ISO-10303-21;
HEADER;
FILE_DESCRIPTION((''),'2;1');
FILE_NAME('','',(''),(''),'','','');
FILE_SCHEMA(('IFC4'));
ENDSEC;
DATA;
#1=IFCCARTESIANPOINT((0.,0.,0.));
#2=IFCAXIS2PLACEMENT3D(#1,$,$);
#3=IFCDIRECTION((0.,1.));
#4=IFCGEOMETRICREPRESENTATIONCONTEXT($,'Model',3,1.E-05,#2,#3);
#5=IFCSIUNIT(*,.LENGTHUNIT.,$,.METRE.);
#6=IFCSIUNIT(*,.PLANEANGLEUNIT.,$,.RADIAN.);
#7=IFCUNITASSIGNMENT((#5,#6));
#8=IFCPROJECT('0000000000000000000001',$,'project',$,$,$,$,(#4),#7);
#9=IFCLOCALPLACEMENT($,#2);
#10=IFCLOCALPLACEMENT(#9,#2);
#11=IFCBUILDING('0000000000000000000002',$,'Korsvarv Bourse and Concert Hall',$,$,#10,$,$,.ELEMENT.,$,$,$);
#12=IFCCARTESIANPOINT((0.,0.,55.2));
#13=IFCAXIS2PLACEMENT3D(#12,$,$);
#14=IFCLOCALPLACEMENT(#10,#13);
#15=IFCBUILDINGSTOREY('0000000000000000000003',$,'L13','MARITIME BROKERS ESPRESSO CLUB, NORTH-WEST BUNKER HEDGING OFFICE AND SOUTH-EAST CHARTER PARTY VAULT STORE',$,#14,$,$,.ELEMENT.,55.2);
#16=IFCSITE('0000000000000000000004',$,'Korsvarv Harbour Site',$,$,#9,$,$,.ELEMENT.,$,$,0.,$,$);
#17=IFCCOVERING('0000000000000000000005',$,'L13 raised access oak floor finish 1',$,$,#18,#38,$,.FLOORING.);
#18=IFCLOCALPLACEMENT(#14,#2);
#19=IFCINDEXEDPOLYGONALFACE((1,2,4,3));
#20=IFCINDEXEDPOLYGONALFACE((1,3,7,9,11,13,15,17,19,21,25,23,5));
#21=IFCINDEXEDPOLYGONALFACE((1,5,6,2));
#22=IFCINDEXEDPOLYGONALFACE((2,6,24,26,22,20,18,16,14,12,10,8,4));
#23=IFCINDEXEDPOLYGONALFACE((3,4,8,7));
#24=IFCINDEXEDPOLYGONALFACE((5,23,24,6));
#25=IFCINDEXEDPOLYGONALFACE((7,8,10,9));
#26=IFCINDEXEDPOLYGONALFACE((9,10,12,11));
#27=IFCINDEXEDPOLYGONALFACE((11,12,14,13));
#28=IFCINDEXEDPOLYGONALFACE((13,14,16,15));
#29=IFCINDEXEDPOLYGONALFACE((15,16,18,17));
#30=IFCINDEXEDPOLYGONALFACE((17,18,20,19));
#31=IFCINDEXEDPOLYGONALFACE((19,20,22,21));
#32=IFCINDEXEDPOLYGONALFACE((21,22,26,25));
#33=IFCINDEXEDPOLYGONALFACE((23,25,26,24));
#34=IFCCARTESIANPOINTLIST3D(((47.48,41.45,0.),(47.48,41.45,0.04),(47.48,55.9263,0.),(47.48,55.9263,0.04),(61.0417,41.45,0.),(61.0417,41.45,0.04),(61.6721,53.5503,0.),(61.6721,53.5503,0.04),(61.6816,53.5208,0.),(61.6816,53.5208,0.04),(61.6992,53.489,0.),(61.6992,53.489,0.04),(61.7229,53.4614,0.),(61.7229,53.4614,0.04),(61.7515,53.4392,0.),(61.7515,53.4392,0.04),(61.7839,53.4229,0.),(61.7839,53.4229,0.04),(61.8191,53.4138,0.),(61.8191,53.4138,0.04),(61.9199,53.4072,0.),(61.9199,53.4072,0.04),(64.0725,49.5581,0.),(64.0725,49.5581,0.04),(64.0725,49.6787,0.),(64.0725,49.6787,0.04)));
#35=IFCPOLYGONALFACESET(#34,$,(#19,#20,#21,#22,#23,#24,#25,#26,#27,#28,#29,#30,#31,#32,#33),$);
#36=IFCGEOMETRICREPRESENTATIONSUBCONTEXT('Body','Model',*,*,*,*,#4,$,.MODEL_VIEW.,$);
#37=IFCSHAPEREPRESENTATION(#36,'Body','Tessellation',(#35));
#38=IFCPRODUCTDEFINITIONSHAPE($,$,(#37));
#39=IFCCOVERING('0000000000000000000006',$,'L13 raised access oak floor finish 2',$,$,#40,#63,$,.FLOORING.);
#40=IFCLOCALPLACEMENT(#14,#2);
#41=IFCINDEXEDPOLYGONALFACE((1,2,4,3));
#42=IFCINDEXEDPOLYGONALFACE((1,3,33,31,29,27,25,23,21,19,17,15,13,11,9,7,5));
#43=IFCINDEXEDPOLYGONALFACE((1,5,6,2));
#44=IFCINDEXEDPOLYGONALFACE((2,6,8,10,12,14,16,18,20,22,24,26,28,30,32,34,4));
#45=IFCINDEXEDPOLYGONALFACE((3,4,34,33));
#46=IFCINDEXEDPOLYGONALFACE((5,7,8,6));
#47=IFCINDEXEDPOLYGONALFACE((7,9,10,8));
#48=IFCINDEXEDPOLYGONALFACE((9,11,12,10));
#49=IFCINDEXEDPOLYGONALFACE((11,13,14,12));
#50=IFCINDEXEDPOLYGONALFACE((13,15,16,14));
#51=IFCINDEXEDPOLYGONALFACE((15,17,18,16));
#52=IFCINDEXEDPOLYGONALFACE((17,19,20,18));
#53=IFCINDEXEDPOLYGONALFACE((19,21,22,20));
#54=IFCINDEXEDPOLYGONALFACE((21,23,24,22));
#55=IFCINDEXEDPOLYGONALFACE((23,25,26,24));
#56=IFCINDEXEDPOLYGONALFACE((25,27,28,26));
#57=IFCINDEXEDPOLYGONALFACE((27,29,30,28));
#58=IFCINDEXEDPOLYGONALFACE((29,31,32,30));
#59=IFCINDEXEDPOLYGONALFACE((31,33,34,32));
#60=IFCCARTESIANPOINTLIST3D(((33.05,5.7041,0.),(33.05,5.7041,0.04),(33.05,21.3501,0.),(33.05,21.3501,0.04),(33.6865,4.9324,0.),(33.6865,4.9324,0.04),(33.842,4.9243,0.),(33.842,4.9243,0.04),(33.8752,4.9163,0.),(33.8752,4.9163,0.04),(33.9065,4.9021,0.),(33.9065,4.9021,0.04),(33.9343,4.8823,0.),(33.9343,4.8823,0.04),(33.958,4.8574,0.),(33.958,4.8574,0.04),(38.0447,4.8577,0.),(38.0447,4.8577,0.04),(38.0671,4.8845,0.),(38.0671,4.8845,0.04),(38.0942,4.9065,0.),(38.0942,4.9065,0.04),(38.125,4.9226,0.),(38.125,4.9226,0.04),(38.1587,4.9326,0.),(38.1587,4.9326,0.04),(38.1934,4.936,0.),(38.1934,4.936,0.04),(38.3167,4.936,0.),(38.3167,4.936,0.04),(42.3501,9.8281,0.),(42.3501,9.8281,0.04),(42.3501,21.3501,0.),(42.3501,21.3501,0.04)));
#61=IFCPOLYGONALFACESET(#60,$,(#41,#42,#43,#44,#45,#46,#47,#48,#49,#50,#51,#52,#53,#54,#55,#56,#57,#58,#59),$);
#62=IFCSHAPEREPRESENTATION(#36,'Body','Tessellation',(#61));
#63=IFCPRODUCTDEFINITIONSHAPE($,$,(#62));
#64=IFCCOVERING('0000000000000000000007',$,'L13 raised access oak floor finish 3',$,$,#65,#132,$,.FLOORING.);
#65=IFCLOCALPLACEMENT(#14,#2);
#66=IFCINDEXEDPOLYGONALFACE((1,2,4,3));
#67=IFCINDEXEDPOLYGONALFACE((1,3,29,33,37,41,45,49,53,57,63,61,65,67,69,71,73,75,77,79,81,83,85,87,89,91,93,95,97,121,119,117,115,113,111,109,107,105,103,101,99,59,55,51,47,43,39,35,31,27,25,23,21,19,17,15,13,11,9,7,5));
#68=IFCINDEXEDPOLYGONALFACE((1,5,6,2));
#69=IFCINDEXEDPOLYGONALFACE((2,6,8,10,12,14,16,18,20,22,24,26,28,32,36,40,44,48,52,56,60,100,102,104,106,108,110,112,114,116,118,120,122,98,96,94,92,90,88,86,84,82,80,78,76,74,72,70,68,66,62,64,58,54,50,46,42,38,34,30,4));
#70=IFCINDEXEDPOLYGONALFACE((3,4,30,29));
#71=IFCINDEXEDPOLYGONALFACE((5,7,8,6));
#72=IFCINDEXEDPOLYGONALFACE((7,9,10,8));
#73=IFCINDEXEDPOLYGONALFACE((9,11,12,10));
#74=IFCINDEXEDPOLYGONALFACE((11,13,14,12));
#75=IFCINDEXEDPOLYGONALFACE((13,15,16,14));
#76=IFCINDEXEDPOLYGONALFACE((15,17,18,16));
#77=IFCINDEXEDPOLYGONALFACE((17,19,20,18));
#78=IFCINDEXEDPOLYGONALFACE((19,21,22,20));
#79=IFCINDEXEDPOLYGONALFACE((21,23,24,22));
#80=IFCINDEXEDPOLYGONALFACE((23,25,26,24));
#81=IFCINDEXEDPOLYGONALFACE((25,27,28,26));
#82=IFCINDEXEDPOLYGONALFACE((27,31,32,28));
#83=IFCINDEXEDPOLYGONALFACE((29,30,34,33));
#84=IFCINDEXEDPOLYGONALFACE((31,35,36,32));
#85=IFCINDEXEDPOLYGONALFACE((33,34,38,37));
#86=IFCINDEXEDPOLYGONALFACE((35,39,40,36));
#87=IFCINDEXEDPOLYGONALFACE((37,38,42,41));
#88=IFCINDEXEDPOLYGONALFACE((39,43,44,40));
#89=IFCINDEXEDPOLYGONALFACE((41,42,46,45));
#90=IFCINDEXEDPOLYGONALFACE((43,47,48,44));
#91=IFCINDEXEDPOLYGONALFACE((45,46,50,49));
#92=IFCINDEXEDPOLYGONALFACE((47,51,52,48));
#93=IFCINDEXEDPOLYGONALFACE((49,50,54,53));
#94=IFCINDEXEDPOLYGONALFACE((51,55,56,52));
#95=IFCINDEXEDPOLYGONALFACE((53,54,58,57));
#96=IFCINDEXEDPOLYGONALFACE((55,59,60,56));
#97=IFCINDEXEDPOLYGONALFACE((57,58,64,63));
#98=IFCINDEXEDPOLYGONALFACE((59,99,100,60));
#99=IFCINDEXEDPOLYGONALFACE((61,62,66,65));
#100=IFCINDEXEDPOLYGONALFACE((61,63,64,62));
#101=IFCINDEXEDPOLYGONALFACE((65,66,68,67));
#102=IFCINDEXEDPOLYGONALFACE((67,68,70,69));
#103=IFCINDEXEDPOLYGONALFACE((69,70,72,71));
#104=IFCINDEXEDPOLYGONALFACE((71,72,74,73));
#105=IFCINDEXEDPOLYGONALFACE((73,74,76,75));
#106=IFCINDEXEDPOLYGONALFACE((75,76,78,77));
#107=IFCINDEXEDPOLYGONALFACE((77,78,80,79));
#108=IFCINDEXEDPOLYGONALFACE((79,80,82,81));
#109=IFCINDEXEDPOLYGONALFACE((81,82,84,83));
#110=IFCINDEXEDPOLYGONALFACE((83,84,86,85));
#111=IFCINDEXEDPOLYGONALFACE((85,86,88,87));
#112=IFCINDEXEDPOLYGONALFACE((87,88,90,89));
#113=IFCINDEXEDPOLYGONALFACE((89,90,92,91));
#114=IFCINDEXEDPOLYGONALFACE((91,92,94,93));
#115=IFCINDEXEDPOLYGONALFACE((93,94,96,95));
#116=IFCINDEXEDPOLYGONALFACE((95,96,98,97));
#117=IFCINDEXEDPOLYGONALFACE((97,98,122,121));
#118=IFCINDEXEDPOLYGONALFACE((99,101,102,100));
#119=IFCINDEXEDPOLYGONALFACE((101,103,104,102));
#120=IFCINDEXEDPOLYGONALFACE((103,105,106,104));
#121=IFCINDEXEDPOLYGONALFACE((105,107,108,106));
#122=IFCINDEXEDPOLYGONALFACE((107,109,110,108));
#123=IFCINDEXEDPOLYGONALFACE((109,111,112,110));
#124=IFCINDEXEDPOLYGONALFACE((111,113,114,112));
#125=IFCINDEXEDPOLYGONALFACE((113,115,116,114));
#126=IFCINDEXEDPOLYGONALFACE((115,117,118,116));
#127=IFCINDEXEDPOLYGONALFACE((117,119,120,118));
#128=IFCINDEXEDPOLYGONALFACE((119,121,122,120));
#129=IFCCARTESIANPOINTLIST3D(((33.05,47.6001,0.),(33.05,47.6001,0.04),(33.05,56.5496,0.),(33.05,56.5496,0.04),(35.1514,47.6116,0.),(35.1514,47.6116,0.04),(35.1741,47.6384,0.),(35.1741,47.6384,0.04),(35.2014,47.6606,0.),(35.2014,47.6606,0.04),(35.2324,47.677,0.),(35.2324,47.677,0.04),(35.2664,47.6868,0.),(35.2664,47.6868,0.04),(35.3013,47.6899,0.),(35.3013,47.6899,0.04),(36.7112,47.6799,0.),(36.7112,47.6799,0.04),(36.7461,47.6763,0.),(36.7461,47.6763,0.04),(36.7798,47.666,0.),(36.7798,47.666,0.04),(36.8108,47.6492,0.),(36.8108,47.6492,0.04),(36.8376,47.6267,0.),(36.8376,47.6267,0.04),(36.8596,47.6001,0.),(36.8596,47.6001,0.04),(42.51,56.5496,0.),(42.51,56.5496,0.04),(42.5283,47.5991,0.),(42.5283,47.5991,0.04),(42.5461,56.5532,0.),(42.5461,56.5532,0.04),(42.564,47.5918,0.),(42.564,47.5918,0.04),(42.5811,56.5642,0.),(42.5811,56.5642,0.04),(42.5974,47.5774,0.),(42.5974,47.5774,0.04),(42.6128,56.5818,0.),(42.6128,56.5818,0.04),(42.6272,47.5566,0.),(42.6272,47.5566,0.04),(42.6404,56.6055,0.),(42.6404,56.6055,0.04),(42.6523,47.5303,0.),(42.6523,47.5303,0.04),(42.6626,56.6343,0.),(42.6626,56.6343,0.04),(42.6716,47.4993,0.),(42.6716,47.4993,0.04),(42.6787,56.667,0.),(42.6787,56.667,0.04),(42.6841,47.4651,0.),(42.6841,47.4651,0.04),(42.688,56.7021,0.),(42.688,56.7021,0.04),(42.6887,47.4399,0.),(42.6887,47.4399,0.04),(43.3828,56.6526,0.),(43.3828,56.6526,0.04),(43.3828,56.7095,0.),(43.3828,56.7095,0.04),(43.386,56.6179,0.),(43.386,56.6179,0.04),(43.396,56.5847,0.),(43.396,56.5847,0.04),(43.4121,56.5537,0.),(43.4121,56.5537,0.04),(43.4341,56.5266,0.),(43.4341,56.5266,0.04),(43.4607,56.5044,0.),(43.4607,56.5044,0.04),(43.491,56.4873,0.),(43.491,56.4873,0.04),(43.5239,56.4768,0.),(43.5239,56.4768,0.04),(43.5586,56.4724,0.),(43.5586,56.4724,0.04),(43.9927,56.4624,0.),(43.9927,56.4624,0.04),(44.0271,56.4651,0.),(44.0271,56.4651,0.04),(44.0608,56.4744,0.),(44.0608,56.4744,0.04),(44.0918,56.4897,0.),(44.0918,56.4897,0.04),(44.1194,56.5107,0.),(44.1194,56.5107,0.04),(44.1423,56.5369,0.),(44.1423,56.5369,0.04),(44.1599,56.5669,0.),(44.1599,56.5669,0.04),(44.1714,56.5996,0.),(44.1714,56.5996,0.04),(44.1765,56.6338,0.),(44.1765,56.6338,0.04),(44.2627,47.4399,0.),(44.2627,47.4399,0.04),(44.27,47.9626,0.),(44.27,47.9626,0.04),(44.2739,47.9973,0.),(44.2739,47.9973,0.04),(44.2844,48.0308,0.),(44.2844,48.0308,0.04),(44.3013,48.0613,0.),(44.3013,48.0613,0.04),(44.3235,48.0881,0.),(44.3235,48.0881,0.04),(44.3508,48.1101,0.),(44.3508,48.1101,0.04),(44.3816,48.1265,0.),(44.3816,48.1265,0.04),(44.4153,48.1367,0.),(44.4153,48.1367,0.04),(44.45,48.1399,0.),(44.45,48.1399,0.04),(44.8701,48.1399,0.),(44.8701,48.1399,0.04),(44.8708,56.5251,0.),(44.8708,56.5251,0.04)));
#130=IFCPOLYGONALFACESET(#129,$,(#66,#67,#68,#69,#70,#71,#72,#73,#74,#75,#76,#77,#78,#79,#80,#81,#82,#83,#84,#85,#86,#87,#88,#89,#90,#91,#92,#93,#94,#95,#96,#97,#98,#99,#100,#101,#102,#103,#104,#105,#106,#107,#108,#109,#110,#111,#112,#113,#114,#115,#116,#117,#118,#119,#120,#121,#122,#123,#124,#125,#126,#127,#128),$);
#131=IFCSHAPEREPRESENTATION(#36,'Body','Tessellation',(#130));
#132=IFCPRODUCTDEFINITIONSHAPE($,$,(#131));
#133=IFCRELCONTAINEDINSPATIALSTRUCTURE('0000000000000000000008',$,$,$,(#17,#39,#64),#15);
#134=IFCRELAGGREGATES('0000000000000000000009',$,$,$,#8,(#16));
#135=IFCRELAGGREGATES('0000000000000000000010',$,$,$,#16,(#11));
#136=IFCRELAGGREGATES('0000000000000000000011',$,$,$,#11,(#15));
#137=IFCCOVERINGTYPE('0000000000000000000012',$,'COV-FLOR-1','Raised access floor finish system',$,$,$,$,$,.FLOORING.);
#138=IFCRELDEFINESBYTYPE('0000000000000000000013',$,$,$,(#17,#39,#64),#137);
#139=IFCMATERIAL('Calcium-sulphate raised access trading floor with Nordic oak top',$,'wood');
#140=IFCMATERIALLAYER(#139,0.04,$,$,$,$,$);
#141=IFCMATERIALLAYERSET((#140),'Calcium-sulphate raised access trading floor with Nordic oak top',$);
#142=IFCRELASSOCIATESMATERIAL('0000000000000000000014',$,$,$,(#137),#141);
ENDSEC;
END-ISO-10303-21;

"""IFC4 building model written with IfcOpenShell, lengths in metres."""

from ifc_helpers import new_model, si_unit, direction, frame, origin, place, context, subcontext, project, spatial, polyline, outline, extrude, material, layer, layer_set, type_object, element, save


model = new_model("IFC4")

# Units and contexts
model_context = context("Model", 3, precision=1e-05, world=origin(), true_north=direction((0.0, 1.0)))
body_context = subcontext(model_context, "Body", "Model", "MODEL_VIEW")
ifc_project = project(units=[si_unit("LENGTHUNIT", "METRE"), si_unit("PLANEANGLEUNIT", "RADIAN")], contexts=[model_context])

# Site, building, storey
site_placement = place(None, origin())
site = spatial("IfcSite", under=ifc_project, at=site_placement, Name="Korsvarv Harbour Site", CompositionType="ELEMENT", RefElevation=0.0)
building_placement = place(site_placement, origin())
building = spatial("IfcBuilding", under=site, at=building_placement, Name="Korsvarv Bourse and Concert Hall", CompositionType="ELEMENT")
storey_placement = place(building_placement, frame((0.0, 0.0, 55.2)))
storey = spatial("IfcBuildingStorey", under=building, at=storey_placement, Name="L13", Description="MARITIME BROKERS ESPRESSO CLUB, NORTH-WEST BUNKER HEDGING OFFICE AND SOUTH-EAST CHARTER PARTY VAULT STORE", CompositionType="ELEMENT", Elevation=55.2)

# Coverings
ifc_material_1 = material(Name="Calcium-sulphate raised access trading floor with Nordic oak top", Category="wood")
ifc_layer_1 = layer(ifc_material_1, 0.04)
ifc_layer_set_1 = layer_set([ifc_layer_1], Name="Calcium-sulphate raised access trading floor with Nordic oak top")
covering_type_1 = type_object("IfcCoveringType", Name="COV-FLOR-1", Description="Raised access floor finish system", PredefinedType="FLOORING", material=ifc_layer_set_1)
covering_1_placement = place(storey_placement, origin())
element("IfcCovering", 1, at=covering_1_placement, inside=storey, type_object=covering_type_1, Name="L13 raised access oak floor finish 1", PredefinedType="FLOORING", context=body_context, shape_type="SweptSolid", body=[
    extrude(outline(polyline([(47.48, 55.9263), (61.6721, 53.5503), (61.6816, 53.5208), (61.6992, 53.489), (61.7229, 53.4614), (61.7515, 53.4392), (61.7839, 53.4229), (61.8191, 53.4138), (61.9199, 53.4072), (64.0725, 49.6787), (64.0725, 49.5581), (61.0417, 41.45), (47.48, 41.45), (47.48, 55.9263)])), origin(), (0.0, 0.0, 1.0), 0.04),
])
covering_2_placement = place(storey_placement, origin())
element("IfcCovering", 2, at=covering_2_placement, inside=storey, type_object=covering_type_1, Name="L13 raised access oak floor finish 2", PredefinedType="FLOORING", context=body_context, shape_type="SweptSolid", body=[
    extrude(outline(polyline([(33.958, 4.8574), (33.9343, 4.8823), (33.9065, 4.9021), (33.8752, 4.9163), (33.842, 4.9243), (33.6865, 4.9324), (33.05, 5.7041), (33.05, 21.3501), (42.3501, 21.3501), (42.3501, 9.8281), (38.3167, 4.936), (38.1934, 4.936), (38.1587, 4.9326), (38.125, 4.9226), (38.0942, 4.9065), (38.0671, 4.8845), (38.0447, 4.8577), (33.958, 4.8574)])), origin(), (0.0, 0.0, 1.0), 0.04),
])
covering_3_placement = place(storey_placement, origin())
element("IfcCovering", 3, at=covering_3_placement, inside=storey, type_object=covering_type_1, Name="L13 raised access oak floor finish 3", PredefinedType="FLOORING", context=body_context, shape_type="SweptSolid", body=[
    extrude(outline(polyline([(33.05, 47.6001), (33.05, 56.5496), (42.51, 56.5496), (42.5461, 56.5532), (42.5811, 56.5642), (42.6128, 56.5818), (42.6404, 56.6055), (42.6626, 56.6343), (42.6787, 56.667), (42.688, 56.7021), (43.3828, 56.7095), (43.3828, 56.6526), (43.386, 56.6179), (43.396, 56.5847), (43.4121, 56.5537), (43.4341, 56.5266), (43.4607, 56.5044), (43.491, 56.4873), (43.5239, 56.4768), (43.5586, 56.4724), (43.9927, 56.4624), (44.0271, 56.4651), (44.0608, 56.4744), (44.0918, 56.4897), (44.1194, 56.5107), (44.1423, 56.5369), (44.1599, 56.5669), (44.1714, 56.5996), (44.1765, 56.6338), (44.8708, 56.5251), (44.8701, 48.1399), (44.45, 48.1399), (44.4153, 48.1367), (44.3816, 48.1265), (44.3508, 48.1101), (44.3235, 48.0881), (44.3013, 48.0613), (44.2844, 48.0308), (44.2739, 47.9973), (44.27, 47.9626), (44.2627, 47.4399), (42.6887, 47.4399), (42.6841, 47.4651), (42.6716, 47.4993), (42.6523, 47.5303), (42.6272, 47.5566), (42.5974, 47.5774), (42.564, 47.5918), (42.5283, 47.5991), (36.8596, 47.6001), (36.8376, 47.6267), (36.8108, 47.6492), (36.7798, 47.666), (36.7461, 47.6763), (36.7112, 47.6799), (35.3013, 47.6899), (35.2664, 47.6868), (35.2324, 47.677), (35.2014, 47.6606), (35.1741, 47.6384), (35.1514, 47.6116), (33.05, 47.6001)])), origin(), (0.0, 0.0, 1.0), 0.04),
])

save(model, "model.ifc")
